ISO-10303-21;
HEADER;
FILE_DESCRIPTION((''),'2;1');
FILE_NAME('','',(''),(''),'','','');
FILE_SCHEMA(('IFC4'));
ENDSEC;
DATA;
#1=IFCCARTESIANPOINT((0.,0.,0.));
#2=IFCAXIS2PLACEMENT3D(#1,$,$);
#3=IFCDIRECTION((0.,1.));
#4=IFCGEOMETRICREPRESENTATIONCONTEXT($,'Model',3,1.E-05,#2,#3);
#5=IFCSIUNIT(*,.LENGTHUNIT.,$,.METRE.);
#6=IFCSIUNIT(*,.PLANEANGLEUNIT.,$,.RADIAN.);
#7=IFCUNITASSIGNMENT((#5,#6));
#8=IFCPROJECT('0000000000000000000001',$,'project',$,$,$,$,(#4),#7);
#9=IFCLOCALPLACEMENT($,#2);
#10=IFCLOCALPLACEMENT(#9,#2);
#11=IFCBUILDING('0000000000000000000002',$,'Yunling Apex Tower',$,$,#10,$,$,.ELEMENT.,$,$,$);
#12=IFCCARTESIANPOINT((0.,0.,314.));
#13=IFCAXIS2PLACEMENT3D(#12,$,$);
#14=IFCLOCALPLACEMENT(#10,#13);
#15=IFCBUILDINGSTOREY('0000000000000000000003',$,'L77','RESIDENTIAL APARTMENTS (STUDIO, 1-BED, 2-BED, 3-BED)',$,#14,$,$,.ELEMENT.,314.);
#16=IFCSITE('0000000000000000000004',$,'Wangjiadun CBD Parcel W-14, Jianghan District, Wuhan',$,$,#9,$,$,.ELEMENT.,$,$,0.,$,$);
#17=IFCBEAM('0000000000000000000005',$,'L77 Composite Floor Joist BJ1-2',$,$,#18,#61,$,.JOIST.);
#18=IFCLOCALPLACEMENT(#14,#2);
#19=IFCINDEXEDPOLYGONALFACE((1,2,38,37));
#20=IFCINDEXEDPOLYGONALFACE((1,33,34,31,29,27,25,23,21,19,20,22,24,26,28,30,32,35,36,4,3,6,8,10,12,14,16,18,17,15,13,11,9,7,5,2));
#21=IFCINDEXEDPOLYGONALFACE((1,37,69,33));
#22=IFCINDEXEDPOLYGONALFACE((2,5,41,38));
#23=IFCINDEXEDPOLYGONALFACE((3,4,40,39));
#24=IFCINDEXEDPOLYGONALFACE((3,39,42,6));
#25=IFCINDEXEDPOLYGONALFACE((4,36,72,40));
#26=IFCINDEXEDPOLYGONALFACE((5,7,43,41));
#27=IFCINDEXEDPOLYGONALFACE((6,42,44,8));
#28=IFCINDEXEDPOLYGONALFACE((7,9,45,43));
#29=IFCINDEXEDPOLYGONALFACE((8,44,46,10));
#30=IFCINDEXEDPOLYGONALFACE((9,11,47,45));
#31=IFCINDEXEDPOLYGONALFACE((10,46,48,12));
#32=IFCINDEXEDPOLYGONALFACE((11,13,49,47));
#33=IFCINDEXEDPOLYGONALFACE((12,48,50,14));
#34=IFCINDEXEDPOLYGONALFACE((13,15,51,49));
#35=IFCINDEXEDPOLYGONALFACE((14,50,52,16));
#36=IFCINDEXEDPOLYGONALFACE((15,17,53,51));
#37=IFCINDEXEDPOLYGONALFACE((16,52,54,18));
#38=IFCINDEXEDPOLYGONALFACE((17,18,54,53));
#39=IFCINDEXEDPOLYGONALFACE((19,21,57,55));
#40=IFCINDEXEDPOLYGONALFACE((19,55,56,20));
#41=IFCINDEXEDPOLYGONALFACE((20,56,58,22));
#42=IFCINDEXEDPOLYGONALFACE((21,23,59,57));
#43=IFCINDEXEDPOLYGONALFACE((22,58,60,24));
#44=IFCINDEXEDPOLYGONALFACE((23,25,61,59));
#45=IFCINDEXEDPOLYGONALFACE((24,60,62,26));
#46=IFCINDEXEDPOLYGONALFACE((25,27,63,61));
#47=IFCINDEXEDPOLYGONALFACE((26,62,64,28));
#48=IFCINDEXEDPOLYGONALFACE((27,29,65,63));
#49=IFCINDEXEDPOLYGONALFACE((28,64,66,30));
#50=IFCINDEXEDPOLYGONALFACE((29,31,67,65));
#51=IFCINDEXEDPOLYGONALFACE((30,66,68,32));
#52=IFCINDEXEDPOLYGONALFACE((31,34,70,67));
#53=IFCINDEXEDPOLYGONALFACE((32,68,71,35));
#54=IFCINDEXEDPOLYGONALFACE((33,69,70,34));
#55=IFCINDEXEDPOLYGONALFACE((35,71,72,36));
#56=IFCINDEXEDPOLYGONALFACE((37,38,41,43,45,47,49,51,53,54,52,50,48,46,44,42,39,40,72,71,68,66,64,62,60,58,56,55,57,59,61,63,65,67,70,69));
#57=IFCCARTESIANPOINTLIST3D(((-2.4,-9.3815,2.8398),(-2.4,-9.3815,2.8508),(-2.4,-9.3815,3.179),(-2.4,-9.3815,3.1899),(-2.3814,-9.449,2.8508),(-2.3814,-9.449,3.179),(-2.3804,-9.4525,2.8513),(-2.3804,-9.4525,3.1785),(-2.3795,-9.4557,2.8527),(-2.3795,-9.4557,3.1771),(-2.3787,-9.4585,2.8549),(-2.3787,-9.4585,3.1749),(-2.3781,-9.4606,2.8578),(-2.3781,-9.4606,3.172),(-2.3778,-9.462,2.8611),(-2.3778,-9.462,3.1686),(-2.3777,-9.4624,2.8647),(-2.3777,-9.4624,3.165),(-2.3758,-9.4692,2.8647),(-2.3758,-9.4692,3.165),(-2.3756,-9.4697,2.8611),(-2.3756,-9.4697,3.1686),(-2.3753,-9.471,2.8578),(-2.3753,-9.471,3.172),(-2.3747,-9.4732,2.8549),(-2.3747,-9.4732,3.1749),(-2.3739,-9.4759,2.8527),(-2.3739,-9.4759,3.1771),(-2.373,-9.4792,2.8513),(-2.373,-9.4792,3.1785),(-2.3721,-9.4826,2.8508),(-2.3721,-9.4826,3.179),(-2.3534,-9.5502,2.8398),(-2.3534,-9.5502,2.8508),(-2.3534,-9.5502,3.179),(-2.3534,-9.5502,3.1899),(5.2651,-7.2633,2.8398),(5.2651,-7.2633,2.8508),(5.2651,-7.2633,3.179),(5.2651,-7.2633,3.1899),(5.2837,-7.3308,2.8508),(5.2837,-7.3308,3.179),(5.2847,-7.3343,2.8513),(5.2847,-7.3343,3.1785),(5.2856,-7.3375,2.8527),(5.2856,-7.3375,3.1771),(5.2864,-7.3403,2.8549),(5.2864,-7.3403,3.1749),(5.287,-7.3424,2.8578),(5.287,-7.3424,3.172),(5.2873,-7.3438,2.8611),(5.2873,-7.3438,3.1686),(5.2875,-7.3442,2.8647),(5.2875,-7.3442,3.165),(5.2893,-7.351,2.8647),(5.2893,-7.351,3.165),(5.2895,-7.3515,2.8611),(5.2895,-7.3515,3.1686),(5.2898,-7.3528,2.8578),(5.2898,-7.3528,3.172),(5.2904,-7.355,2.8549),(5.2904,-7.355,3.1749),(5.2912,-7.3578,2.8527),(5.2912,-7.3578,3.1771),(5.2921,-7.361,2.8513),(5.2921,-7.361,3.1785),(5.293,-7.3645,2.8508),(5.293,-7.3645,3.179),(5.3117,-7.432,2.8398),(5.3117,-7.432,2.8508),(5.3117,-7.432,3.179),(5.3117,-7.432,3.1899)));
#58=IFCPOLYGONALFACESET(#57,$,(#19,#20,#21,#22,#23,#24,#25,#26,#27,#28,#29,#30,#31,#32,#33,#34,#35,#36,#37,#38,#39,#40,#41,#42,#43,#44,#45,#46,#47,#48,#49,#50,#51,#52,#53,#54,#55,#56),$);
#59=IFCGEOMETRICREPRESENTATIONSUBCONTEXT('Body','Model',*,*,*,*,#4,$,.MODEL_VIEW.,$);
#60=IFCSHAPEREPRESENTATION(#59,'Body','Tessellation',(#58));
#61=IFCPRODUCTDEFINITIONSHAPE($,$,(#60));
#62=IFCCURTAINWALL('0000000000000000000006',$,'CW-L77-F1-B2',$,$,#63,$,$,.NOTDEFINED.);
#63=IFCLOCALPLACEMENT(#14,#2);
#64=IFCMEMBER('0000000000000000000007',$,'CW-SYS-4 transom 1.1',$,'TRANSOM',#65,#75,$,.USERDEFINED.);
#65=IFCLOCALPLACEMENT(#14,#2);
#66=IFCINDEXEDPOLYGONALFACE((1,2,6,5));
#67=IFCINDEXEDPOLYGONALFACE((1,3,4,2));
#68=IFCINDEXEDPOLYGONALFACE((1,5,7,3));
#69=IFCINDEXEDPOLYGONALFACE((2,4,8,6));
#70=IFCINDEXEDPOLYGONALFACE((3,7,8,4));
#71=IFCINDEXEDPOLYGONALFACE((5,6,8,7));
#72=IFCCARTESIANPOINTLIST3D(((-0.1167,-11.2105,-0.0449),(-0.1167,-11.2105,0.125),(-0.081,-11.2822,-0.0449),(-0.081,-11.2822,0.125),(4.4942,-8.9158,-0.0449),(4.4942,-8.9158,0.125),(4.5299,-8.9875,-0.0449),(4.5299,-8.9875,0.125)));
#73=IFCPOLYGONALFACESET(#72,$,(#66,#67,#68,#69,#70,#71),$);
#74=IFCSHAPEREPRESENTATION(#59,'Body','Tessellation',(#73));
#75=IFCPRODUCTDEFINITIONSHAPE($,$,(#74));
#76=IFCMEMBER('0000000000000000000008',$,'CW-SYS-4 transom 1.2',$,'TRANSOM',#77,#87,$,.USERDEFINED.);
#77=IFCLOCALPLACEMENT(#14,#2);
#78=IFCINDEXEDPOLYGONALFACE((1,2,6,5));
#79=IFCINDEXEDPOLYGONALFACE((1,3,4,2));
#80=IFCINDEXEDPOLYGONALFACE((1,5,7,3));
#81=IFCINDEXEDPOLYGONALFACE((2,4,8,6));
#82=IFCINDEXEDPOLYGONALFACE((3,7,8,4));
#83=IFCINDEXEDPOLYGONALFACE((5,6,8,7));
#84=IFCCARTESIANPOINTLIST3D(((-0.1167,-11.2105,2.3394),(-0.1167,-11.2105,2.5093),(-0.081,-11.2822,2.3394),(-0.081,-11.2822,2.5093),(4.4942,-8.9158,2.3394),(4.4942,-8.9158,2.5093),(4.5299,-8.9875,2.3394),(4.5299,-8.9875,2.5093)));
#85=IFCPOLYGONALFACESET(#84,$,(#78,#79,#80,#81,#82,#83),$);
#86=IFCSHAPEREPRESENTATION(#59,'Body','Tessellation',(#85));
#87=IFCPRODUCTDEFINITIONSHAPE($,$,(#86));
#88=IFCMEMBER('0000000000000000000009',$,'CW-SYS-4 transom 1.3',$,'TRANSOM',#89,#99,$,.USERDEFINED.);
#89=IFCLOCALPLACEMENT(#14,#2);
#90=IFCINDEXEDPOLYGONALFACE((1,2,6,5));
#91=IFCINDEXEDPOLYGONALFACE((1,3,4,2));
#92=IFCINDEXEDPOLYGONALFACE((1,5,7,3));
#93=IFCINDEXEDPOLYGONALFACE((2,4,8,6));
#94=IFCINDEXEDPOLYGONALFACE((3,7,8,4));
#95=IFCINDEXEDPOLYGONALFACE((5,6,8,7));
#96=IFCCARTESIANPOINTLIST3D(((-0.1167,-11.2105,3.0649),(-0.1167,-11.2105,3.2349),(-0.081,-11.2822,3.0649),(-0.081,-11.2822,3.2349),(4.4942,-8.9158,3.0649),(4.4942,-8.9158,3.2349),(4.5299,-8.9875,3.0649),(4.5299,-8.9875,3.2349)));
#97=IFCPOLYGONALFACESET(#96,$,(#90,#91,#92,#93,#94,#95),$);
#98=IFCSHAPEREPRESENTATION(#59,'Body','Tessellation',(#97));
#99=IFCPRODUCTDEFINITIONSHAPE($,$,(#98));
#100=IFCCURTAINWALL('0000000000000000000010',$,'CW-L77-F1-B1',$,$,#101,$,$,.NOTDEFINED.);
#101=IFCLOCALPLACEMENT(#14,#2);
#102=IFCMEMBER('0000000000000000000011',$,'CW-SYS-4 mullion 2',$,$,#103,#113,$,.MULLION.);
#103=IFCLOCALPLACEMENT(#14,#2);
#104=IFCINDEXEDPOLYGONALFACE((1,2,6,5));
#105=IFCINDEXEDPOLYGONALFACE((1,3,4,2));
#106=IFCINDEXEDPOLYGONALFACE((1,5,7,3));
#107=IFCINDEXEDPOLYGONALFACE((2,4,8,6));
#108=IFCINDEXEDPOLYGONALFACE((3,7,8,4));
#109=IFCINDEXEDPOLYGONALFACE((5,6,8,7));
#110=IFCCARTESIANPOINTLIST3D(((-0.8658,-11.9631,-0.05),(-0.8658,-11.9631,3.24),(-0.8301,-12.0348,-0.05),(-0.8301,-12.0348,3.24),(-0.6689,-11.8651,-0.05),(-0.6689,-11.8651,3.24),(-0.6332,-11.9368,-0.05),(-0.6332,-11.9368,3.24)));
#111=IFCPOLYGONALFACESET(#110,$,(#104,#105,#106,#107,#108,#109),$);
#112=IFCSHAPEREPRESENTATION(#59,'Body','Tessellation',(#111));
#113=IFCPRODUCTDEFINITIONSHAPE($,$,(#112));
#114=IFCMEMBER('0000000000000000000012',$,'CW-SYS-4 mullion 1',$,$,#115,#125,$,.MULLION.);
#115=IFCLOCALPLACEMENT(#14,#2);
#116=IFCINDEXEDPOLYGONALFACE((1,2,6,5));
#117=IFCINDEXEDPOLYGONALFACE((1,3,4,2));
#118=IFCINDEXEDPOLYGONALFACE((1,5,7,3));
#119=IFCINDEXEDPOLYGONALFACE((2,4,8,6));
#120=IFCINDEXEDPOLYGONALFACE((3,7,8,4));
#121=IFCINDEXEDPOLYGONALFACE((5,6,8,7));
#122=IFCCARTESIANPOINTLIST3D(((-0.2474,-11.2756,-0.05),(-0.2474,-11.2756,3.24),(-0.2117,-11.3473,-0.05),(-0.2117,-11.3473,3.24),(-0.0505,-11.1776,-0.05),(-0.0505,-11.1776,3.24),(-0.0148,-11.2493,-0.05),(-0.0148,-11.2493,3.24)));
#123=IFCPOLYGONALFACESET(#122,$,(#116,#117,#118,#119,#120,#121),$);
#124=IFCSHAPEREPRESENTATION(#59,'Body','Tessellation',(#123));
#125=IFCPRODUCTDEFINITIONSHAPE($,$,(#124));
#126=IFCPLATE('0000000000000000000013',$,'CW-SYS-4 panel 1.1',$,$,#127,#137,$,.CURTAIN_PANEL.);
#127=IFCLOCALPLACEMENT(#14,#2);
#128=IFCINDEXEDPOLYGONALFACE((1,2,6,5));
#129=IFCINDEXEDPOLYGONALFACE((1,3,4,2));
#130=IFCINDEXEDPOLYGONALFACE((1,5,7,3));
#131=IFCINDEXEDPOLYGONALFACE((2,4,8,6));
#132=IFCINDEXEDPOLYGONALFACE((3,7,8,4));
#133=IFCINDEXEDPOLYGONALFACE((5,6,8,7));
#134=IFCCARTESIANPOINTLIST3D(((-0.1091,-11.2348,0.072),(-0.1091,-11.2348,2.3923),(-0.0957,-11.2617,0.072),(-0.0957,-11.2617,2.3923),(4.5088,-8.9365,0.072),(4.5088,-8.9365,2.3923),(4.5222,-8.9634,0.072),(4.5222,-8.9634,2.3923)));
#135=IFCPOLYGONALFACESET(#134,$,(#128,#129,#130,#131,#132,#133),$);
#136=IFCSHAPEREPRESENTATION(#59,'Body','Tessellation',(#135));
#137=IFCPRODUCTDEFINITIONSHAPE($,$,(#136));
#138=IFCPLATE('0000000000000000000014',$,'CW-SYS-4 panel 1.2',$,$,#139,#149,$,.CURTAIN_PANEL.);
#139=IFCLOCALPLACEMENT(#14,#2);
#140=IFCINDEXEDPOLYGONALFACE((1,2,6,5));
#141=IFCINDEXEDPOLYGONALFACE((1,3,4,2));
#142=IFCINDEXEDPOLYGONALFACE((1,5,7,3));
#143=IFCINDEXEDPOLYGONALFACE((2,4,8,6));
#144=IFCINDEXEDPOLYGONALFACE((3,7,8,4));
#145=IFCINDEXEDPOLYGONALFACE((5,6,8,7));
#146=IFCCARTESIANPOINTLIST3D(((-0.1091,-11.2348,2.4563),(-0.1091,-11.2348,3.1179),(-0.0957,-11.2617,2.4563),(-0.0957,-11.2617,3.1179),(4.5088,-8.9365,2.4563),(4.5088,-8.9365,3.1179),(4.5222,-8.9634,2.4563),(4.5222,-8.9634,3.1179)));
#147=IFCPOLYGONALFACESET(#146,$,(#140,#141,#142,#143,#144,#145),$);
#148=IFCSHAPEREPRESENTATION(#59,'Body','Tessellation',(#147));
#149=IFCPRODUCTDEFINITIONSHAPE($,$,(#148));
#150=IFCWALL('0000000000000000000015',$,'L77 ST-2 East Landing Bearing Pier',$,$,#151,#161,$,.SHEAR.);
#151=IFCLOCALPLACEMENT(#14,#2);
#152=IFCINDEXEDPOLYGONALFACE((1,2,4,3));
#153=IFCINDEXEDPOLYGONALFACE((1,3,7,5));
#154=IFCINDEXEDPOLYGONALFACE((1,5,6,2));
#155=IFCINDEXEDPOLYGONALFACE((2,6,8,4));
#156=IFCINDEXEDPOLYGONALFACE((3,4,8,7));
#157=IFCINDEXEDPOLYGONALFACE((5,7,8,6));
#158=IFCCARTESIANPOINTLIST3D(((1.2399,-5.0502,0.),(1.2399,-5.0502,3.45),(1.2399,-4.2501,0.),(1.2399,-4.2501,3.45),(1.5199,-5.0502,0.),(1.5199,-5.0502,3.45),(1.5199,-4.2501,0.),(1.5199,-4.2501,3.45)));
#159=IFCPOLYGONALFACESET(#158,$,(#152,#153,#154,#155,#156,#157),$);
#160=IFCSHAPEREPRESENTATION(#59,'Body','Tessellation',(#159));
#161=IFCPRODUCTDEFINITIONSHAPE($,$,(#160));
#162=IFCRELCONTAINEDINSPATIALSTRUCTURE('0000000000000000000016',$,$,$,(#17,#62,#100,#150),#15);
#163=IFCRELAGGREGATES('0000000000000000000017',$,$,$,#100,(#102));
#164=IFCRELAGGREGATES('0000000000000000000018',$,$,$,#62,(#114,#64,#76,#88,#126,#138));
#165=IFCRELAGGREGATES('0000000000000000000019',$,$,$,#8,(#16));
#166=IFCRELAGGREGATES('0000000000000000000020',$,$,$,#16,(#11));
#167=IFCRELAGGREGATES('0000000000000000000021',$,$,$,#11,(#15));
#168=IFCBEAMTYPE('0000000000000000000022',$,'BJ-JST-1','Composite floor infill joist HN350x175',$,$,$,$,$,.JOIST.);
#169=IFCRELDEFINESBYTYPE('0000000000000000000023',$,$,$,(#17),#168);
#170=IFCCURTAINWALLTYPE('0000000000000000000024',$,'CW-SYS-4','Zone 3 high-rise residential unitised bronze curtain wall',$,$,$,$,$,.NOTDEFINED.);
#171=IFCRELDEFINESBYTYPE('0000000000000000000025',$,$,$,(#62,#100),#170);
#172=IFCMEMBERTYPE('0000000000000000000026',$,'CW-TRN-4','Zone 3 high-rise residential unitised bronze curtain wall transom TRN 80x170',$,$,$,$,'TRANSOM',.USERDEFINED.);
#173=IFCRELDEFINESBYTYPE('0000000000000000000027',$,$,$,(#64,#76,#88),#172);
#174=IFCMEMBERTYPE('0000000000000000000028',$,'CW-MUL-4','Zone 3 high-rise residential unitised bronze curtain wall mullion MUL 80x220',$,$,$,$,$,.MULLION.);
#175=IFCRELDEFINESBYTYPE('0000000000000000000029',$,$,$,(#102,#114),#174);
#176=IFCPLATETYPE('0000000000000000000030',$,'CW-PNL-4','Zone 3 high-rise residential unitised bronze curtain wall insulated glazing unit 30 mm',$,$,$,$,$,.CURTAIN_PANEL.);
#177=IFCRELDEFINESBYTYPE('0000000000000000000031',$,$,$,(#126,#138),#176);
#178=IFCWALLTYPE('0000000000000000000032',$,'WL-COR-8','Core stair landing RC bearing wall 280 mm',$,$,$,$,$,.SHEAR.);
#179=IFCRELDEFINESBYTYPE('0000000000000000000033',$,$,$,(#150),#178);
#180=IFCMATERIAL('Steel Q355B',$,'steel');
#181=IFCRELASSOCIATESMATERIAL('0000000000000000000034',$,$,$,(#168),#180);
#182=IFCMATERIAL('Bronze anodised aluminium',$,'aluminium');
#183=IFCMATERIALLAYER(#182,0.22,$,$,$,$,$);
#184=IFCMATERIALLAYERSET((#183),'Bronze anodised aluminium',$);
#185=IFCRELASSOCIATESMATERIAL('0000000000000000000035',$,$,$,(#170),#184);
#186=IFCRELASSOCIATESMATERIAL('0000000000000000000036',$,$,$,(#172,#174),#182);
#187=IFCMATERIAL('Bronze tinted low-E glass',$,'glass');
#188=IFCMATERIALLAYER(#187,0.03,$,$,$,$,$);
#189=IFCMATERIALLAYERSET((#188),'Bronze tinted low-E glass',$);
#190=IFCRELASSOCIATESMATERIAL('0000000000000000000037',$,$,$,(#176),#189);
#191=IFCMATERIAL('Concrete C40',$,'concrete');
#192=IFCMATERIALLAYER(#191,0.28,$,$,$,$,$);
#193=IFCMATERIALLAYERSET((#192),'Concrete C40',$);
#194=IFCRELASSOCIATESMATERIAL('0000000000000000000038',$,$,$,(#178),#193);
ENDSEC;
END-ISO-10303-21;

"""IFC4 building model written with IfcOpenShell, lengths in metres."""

from ifc_helpers import new_model, si_unit, direction, frame, frame_2d, origin, origin_2d, place, context, subcontext, project, spatial, rectangle, i_section, extrude, source, transform, mapped, material, layer, layer_set, material_profile, profile_set, type_object, element, aggregate, save


model = new_model("IFC4")

# Units and contexts
model_context = context("Model", 3, precision=1e-05, world=origin(), true_north=direction((0.0, 1.0)))
body_context = subcontext(model_context, "Body", "Model", "MODEL_VIEW")
ifc_project = project(units=[si_unit("LENGTHUNIT", "METRE"), si_unit("PLANEANGLEUNIT", "RADIAN")], contexts=[model_context])

# Site, building, storey
site_placement = place(None, origin())
site = spatial("IfcSite", under=ifc_project, at=site_placement, Name="Wangjiadun CBD Parcel W-14, Jianghan District, Wuhan", CompositionType="ELEMENT", RefElevation=0.0)
building_placement = place(site_placement, origin())
building = spatial("IfcBuilding", under=site, at=building_placement, Name="Yunling Apex Tower", CompositionType="ELEMENT")
storey_placement = place(building_placement, frame((0.0, 0.0, 314.0)))
storey = spatial("IfcBuildingStorey", under=building, at=storey_placement, Name="L77", Description="RESIDENTIAL APARTMENTS (STUDIO, 1-BED, 2-BED, 3-BED)", CompositionType="ELEMENT", Elevation=314.0)

# Shared definitions
ifc_material_1 = material(Name="Steel Q355B", Category="steel")

# Beam
ifc_material_profile_1 = material_profile(ifc_material_1, i_section(OverallWidth=0.175, OverallDepth=0.3501, WebThickness=0.0071, FlangeThickness=0.011, FilletRadius=0.0139, at=origin_2d()))
ifc_profile_set_1 = profile_set([ifc_material_profile_1], Name="Steel Q355B")
beam_type_1 = type_object("IfcBeamType", Name="BJ-JST-1", Description="Composite floor infill joist HN350x175", PredefinedType="JOIST", material=ifc_profile_set_1)
shared_shape_1 = source(origin(), body_context, "Body", "SweptSolid", [
    extrude(i_section(OverallWidth=0.175, OverallDepth=0.3501, WebThickness=0.0071, FlangeThickness=0.011, FilletRadius=0.0139, at=origin_2d()), origin(), (0.0, 0.0, 1.0), 7.9524),
])
beam_1_placement = place(storey_placement, frame((-2.3767, -9.4658, 3.0149), z_axis=(0.963874, 0.266358, 0.0), x_axis=(-0.266358, 0.963874, 0.0)))
element("IfcBeam", 1, at=beam_1_placement, inside=storey, type_object=beam_type_1, Name="L77 Composite Floor Joist BJ1-2", PredefinedType="JOIST", context=body_context, shape_type="MappedRepresentation", body=[
    mapped(shared_shape_1, transform((0.0, 0.0, 0.0), scale=1.0)),
])

# Curtain wall, members
ifc_material_2 = material(Name="Bronze anodised aluminium", Category="aluminium")
ifc_layer_1 = layer(ifc_material_2, 0.22)
ifc_layer_set_1 = layer_set([ifc_layer_1], Name="Bronze anodised aluminium")
curtain_wall_type = type_object("IfcCurtainWallType", Name="CW-SYS-4", Description="Zone 3 high-rise residential unitised bronze curtain wall", PredefinedType="NOTDEFINED", material=ifc_layer_set_1)
curtain_wall_1_placement = place(storey_placement, origin())
curtain_wall_1 = element("IfcCurtainWall", 2, at=curtain_wall_1_placement, inside=storey, type_object=curtain_wall_type, Name="CW-L77-F1-B2", PredefinedType="NOTDEFINED")
ifc_material_profile_2 = material_profile(ifc_material_2, rectangle(XDim=0.0801, YDim=0.1699, at=origin_2d()))
ifc_profile_set_2 = profile_set([ifc_material_profile_2], Name="Bronze anodised aluminium")
member_type_1 = type_object("IfcMemberType", Name="CW-TRN-4", Description="Zone 3 high-rise residential unitised bronze curtain wall transom TRN 80x170", ElementType="TRANSOM", PredefinedType="USERDEFINED", material=ifc_profile_set_2)
shared_shape_2 = source(origin(), body_context, "Body", "SweptSolid", [
    extrude(rectangle(XDim=0.0801, YDim=0.1699, at=origin_2d()), origin(), (0.0, 0.0, 1.0), 5.1504),
])
member_1_placement = place(storey_placement, frame((-0.0989, -11.2463, 0.04), z_axis=(0.89526, 0.445544, 0.0), x_axis=(-0.445544, 0.89526, 0.0)))
member_1 = element("IfcMember", 3, at=member_1_placement, type_object=member_type_1, Name="CW-SYS-4 transom 1.1", ObjectType="TRANSOM", PredefinedType="USERDEFINED", context=body_context, shape_type="MappedRepresentation", body=[
    mapped(shared_shape_2, transform((0.0, 0.0, 0.0), scale=1.0)),
])
member_2_placement = place(storey_placement, frame((-0.0989, -11.2463, 2.4243), z_axis=(0.89526, 0.445544, 0.0), x_axis=(-0.445544, 0.89526, 0.0)))
member_2 = element("IfcMember", 4, at=member_2_placement, type_object=member_type_1, Name="CW-SYS-4 transom 1.2", ObjectType="TRANSOM", PredefinedType="USERDEFINED", context=body_context, shape_type="MappedRepresentation", body=[
    mapped(shared_shape_2, transform((0.0, 0.0, 0.0), scale=1.0)),
])
member_3_placement = place(storey_placement, frame((-0.0989, -11.2463, 3.1499), z_axis=(0.89526, 0.445544, 0.0), x_axis=(-0.445544, 0.89526, 0.0)))
member_3 = element("IfcMember", 5, at=member_3_placement, type_object=member_type_1, Name="CW-SYS-4 transom 1.3", ObjectType="TRANSOM", PredefinedType="USERDEFINED", context=body_context, shape_type="MappedRepresentation", body=[
    mapped(shared_shape_2, transform((0.0, 0.0, 0.0), scale=1.0)),
])

# Curtain wall, member
curtain_wall_2_placement = place(storey_placement, origin())
curtain_wall_2 = element("IfcCurtainWall", 6, at=curtain_wall_2_placement, inside=storey, type_object=curtain_wall_type, Name="CW-L77-F1-B1", PredefinedType="NOTDEFINED")
ifc_material_profile_3 = material_profile(ifc_material_2, rectangle(XDim=0.0801, YDim=0.22, at=origin_2d()))
ifc_profile_set_3 = profile_set([ifc_material_profile_3], Name="Bronze anodised aluminium")
member_type_2 = type_object("IfcMemberType", Name="CW-MUL-4", Description="Zone 3 high-rise residential unitised bronze curtain wall mullion MUL 80x220", PredefinedType="MULLION", material=ifc_profile_set_3)
shared_shape_3 = source(origin(), body_context, "Body", "SweptSolid", [
    extrude(rectangle(XDim=0.0801, YDim=0.22, at=origin_2d()), origin(), (0.0, 0.0, 1.0), 3.29),
])
member_4_placement = place(storey_placement, frame((-0.7495, -11.95, -0.05), z_axis=(0.0, 0.0, 1.0), x_axis=(-0.445568, 0.895248, 0.0)))
member_4 = element("IfcMember", 7, at=member_4_placement, type_object=member_type_2, Name="CW-SYS-4 mullion 2", PredefinedType="MULLION", context=body_context, shape_type="MappedRepresentation", body=[
    mapped(shared_shape_3, transform((0.0, 0.0, 0.0), scale=1.0)),
])
aggregate(curtain_wall_2, [member_4])

# Member
member_5_placement = place(storey_placement, frame((-0.1311, -11.2625, -0.05), z_axis=(0.0, 0.0, 1.0), x_axis=(-0.445561, 0.895252, 0.0)))
member_5 = element("IfcMember", 8, at=member_5_placement, type_object=member_type_2, Name="CW-SYS-4 mullion 1", PredefinedType="MULLION", context=body_context, shape_type="MappedRepresentation", body=[
    mapped(shared_shape_3, transform((0.0, 0.0, 0.0), scale=1.0)),
])

# Plates
ifc_material_3 = material(Name="Bronze tinted low-E glass", Category="glass")
ifc_layer_2 = layer(ifc_material_3, 0.03)
ifc_layer_set_2 = layer_set([ifc_layer_2], Name="Bronze tinted low-E glass")
plate_type = type_object("IfcPlateType", Name="CW-PNL-4", Description="Zone 3 high-rise residential unitised bronze curtain wall insulated glazing unit 30 mm", PredefinedType="CURTAIN_PANEL", material=ifc_layer_set_2)
shared_shape_4 = source(origin(), body_context, "Body", "SweptSolid", [
    extrude(rectangle(XDim=5.1582, YDim=0.03, at=origin_2d()), origin(), (0.0, 0.0, 1.0), 2.3203),
])
plate_1_placement = place(storey_placement, frame((2.2065, -10.0991, 0.072), z_axis=(0.0, 0.0, 1.0), x_axis=(0.895252, 0.445561, 0.0)))
plate_1 = element("IfcPlate", 9, at=plate_1_placement, type_object=plate_type, Name="CW-SYS-4 panel 1.1", PredefinedType="CURTAIN_PANEL", context=body_context, shape_type="MappedRepresentation", body=[
    mapped(shared_shape_4, transform((0.0, 0.0, 0.0), scale=1.0)),
])
shared_shape_5 = source(origin(), body_context, "Body", "SweptSolid", [
    extrude(rectangle(XDim=5.1582, YDim=0.03, at=origin_2d()), origin(), (0.0, 0.0, 1.0), 0.6616),
])
plate_2_placement = place(storey_placement, frame((2.2065, -10.0991, 2.4563), z_axis=(0.0, 0.0, 1.0), x_axis=(0.895252, 0.445561, 0.0)))
plate_2 = element("IfcPlate", 10, at=plate_2_placement, type_object=plate_type, Name="CW-SYS-4 panel 1.2", PredefinedType="CURTAIN_PANEL", context=body_context, shape_type="MappedRepresentation", body=[
    mapped(shared_shape_5, transform((0.0, 0.0, 0.0), scale=1.0)),
])
aggregate(curtain_wall_1, [member_5, member_1, member_2, member_3, plate_1, plate_2])

# Wall
ifc_material_4 = material(Name="Concrete C40", Category="concrete")
ifc_layer_3 = layer(ifc_material_4, 0.28)
ifc_layer_set_3 = layer_set([ifc_layer_3], Name="Concrete C40")
wall_type_1 = type_object("IfcWallType", Name="WL-COR-8", Description="Core stair landing RC bearing wall 280 mm", PredefinedType="SHEAR", material=ifc_layer_set_3)
wall_1_placement = place(storey_placement, frame((1.3799, -5.05, 0.0), z_axis=(0.0, 0.0, 1.0), x_axis=(0.0, 1.0, 0.0)))
element("IfcWall", 11, at=wall_1_placement, inside=storey, type_object=wall_type_1, Name="L77 ST-2 East Landing Bearing Pier", PredefinedType="SHEAR", context=body_context, shape_type="SweptSolid", body=[
    extrude(rectangle(XDim=0.8, YDim=0.28, at=frame_2d((0.3999, 0.0))), origin(), (0.0, 0.0, 1.0), 3.45),
])

save(model, "model.ifc")
